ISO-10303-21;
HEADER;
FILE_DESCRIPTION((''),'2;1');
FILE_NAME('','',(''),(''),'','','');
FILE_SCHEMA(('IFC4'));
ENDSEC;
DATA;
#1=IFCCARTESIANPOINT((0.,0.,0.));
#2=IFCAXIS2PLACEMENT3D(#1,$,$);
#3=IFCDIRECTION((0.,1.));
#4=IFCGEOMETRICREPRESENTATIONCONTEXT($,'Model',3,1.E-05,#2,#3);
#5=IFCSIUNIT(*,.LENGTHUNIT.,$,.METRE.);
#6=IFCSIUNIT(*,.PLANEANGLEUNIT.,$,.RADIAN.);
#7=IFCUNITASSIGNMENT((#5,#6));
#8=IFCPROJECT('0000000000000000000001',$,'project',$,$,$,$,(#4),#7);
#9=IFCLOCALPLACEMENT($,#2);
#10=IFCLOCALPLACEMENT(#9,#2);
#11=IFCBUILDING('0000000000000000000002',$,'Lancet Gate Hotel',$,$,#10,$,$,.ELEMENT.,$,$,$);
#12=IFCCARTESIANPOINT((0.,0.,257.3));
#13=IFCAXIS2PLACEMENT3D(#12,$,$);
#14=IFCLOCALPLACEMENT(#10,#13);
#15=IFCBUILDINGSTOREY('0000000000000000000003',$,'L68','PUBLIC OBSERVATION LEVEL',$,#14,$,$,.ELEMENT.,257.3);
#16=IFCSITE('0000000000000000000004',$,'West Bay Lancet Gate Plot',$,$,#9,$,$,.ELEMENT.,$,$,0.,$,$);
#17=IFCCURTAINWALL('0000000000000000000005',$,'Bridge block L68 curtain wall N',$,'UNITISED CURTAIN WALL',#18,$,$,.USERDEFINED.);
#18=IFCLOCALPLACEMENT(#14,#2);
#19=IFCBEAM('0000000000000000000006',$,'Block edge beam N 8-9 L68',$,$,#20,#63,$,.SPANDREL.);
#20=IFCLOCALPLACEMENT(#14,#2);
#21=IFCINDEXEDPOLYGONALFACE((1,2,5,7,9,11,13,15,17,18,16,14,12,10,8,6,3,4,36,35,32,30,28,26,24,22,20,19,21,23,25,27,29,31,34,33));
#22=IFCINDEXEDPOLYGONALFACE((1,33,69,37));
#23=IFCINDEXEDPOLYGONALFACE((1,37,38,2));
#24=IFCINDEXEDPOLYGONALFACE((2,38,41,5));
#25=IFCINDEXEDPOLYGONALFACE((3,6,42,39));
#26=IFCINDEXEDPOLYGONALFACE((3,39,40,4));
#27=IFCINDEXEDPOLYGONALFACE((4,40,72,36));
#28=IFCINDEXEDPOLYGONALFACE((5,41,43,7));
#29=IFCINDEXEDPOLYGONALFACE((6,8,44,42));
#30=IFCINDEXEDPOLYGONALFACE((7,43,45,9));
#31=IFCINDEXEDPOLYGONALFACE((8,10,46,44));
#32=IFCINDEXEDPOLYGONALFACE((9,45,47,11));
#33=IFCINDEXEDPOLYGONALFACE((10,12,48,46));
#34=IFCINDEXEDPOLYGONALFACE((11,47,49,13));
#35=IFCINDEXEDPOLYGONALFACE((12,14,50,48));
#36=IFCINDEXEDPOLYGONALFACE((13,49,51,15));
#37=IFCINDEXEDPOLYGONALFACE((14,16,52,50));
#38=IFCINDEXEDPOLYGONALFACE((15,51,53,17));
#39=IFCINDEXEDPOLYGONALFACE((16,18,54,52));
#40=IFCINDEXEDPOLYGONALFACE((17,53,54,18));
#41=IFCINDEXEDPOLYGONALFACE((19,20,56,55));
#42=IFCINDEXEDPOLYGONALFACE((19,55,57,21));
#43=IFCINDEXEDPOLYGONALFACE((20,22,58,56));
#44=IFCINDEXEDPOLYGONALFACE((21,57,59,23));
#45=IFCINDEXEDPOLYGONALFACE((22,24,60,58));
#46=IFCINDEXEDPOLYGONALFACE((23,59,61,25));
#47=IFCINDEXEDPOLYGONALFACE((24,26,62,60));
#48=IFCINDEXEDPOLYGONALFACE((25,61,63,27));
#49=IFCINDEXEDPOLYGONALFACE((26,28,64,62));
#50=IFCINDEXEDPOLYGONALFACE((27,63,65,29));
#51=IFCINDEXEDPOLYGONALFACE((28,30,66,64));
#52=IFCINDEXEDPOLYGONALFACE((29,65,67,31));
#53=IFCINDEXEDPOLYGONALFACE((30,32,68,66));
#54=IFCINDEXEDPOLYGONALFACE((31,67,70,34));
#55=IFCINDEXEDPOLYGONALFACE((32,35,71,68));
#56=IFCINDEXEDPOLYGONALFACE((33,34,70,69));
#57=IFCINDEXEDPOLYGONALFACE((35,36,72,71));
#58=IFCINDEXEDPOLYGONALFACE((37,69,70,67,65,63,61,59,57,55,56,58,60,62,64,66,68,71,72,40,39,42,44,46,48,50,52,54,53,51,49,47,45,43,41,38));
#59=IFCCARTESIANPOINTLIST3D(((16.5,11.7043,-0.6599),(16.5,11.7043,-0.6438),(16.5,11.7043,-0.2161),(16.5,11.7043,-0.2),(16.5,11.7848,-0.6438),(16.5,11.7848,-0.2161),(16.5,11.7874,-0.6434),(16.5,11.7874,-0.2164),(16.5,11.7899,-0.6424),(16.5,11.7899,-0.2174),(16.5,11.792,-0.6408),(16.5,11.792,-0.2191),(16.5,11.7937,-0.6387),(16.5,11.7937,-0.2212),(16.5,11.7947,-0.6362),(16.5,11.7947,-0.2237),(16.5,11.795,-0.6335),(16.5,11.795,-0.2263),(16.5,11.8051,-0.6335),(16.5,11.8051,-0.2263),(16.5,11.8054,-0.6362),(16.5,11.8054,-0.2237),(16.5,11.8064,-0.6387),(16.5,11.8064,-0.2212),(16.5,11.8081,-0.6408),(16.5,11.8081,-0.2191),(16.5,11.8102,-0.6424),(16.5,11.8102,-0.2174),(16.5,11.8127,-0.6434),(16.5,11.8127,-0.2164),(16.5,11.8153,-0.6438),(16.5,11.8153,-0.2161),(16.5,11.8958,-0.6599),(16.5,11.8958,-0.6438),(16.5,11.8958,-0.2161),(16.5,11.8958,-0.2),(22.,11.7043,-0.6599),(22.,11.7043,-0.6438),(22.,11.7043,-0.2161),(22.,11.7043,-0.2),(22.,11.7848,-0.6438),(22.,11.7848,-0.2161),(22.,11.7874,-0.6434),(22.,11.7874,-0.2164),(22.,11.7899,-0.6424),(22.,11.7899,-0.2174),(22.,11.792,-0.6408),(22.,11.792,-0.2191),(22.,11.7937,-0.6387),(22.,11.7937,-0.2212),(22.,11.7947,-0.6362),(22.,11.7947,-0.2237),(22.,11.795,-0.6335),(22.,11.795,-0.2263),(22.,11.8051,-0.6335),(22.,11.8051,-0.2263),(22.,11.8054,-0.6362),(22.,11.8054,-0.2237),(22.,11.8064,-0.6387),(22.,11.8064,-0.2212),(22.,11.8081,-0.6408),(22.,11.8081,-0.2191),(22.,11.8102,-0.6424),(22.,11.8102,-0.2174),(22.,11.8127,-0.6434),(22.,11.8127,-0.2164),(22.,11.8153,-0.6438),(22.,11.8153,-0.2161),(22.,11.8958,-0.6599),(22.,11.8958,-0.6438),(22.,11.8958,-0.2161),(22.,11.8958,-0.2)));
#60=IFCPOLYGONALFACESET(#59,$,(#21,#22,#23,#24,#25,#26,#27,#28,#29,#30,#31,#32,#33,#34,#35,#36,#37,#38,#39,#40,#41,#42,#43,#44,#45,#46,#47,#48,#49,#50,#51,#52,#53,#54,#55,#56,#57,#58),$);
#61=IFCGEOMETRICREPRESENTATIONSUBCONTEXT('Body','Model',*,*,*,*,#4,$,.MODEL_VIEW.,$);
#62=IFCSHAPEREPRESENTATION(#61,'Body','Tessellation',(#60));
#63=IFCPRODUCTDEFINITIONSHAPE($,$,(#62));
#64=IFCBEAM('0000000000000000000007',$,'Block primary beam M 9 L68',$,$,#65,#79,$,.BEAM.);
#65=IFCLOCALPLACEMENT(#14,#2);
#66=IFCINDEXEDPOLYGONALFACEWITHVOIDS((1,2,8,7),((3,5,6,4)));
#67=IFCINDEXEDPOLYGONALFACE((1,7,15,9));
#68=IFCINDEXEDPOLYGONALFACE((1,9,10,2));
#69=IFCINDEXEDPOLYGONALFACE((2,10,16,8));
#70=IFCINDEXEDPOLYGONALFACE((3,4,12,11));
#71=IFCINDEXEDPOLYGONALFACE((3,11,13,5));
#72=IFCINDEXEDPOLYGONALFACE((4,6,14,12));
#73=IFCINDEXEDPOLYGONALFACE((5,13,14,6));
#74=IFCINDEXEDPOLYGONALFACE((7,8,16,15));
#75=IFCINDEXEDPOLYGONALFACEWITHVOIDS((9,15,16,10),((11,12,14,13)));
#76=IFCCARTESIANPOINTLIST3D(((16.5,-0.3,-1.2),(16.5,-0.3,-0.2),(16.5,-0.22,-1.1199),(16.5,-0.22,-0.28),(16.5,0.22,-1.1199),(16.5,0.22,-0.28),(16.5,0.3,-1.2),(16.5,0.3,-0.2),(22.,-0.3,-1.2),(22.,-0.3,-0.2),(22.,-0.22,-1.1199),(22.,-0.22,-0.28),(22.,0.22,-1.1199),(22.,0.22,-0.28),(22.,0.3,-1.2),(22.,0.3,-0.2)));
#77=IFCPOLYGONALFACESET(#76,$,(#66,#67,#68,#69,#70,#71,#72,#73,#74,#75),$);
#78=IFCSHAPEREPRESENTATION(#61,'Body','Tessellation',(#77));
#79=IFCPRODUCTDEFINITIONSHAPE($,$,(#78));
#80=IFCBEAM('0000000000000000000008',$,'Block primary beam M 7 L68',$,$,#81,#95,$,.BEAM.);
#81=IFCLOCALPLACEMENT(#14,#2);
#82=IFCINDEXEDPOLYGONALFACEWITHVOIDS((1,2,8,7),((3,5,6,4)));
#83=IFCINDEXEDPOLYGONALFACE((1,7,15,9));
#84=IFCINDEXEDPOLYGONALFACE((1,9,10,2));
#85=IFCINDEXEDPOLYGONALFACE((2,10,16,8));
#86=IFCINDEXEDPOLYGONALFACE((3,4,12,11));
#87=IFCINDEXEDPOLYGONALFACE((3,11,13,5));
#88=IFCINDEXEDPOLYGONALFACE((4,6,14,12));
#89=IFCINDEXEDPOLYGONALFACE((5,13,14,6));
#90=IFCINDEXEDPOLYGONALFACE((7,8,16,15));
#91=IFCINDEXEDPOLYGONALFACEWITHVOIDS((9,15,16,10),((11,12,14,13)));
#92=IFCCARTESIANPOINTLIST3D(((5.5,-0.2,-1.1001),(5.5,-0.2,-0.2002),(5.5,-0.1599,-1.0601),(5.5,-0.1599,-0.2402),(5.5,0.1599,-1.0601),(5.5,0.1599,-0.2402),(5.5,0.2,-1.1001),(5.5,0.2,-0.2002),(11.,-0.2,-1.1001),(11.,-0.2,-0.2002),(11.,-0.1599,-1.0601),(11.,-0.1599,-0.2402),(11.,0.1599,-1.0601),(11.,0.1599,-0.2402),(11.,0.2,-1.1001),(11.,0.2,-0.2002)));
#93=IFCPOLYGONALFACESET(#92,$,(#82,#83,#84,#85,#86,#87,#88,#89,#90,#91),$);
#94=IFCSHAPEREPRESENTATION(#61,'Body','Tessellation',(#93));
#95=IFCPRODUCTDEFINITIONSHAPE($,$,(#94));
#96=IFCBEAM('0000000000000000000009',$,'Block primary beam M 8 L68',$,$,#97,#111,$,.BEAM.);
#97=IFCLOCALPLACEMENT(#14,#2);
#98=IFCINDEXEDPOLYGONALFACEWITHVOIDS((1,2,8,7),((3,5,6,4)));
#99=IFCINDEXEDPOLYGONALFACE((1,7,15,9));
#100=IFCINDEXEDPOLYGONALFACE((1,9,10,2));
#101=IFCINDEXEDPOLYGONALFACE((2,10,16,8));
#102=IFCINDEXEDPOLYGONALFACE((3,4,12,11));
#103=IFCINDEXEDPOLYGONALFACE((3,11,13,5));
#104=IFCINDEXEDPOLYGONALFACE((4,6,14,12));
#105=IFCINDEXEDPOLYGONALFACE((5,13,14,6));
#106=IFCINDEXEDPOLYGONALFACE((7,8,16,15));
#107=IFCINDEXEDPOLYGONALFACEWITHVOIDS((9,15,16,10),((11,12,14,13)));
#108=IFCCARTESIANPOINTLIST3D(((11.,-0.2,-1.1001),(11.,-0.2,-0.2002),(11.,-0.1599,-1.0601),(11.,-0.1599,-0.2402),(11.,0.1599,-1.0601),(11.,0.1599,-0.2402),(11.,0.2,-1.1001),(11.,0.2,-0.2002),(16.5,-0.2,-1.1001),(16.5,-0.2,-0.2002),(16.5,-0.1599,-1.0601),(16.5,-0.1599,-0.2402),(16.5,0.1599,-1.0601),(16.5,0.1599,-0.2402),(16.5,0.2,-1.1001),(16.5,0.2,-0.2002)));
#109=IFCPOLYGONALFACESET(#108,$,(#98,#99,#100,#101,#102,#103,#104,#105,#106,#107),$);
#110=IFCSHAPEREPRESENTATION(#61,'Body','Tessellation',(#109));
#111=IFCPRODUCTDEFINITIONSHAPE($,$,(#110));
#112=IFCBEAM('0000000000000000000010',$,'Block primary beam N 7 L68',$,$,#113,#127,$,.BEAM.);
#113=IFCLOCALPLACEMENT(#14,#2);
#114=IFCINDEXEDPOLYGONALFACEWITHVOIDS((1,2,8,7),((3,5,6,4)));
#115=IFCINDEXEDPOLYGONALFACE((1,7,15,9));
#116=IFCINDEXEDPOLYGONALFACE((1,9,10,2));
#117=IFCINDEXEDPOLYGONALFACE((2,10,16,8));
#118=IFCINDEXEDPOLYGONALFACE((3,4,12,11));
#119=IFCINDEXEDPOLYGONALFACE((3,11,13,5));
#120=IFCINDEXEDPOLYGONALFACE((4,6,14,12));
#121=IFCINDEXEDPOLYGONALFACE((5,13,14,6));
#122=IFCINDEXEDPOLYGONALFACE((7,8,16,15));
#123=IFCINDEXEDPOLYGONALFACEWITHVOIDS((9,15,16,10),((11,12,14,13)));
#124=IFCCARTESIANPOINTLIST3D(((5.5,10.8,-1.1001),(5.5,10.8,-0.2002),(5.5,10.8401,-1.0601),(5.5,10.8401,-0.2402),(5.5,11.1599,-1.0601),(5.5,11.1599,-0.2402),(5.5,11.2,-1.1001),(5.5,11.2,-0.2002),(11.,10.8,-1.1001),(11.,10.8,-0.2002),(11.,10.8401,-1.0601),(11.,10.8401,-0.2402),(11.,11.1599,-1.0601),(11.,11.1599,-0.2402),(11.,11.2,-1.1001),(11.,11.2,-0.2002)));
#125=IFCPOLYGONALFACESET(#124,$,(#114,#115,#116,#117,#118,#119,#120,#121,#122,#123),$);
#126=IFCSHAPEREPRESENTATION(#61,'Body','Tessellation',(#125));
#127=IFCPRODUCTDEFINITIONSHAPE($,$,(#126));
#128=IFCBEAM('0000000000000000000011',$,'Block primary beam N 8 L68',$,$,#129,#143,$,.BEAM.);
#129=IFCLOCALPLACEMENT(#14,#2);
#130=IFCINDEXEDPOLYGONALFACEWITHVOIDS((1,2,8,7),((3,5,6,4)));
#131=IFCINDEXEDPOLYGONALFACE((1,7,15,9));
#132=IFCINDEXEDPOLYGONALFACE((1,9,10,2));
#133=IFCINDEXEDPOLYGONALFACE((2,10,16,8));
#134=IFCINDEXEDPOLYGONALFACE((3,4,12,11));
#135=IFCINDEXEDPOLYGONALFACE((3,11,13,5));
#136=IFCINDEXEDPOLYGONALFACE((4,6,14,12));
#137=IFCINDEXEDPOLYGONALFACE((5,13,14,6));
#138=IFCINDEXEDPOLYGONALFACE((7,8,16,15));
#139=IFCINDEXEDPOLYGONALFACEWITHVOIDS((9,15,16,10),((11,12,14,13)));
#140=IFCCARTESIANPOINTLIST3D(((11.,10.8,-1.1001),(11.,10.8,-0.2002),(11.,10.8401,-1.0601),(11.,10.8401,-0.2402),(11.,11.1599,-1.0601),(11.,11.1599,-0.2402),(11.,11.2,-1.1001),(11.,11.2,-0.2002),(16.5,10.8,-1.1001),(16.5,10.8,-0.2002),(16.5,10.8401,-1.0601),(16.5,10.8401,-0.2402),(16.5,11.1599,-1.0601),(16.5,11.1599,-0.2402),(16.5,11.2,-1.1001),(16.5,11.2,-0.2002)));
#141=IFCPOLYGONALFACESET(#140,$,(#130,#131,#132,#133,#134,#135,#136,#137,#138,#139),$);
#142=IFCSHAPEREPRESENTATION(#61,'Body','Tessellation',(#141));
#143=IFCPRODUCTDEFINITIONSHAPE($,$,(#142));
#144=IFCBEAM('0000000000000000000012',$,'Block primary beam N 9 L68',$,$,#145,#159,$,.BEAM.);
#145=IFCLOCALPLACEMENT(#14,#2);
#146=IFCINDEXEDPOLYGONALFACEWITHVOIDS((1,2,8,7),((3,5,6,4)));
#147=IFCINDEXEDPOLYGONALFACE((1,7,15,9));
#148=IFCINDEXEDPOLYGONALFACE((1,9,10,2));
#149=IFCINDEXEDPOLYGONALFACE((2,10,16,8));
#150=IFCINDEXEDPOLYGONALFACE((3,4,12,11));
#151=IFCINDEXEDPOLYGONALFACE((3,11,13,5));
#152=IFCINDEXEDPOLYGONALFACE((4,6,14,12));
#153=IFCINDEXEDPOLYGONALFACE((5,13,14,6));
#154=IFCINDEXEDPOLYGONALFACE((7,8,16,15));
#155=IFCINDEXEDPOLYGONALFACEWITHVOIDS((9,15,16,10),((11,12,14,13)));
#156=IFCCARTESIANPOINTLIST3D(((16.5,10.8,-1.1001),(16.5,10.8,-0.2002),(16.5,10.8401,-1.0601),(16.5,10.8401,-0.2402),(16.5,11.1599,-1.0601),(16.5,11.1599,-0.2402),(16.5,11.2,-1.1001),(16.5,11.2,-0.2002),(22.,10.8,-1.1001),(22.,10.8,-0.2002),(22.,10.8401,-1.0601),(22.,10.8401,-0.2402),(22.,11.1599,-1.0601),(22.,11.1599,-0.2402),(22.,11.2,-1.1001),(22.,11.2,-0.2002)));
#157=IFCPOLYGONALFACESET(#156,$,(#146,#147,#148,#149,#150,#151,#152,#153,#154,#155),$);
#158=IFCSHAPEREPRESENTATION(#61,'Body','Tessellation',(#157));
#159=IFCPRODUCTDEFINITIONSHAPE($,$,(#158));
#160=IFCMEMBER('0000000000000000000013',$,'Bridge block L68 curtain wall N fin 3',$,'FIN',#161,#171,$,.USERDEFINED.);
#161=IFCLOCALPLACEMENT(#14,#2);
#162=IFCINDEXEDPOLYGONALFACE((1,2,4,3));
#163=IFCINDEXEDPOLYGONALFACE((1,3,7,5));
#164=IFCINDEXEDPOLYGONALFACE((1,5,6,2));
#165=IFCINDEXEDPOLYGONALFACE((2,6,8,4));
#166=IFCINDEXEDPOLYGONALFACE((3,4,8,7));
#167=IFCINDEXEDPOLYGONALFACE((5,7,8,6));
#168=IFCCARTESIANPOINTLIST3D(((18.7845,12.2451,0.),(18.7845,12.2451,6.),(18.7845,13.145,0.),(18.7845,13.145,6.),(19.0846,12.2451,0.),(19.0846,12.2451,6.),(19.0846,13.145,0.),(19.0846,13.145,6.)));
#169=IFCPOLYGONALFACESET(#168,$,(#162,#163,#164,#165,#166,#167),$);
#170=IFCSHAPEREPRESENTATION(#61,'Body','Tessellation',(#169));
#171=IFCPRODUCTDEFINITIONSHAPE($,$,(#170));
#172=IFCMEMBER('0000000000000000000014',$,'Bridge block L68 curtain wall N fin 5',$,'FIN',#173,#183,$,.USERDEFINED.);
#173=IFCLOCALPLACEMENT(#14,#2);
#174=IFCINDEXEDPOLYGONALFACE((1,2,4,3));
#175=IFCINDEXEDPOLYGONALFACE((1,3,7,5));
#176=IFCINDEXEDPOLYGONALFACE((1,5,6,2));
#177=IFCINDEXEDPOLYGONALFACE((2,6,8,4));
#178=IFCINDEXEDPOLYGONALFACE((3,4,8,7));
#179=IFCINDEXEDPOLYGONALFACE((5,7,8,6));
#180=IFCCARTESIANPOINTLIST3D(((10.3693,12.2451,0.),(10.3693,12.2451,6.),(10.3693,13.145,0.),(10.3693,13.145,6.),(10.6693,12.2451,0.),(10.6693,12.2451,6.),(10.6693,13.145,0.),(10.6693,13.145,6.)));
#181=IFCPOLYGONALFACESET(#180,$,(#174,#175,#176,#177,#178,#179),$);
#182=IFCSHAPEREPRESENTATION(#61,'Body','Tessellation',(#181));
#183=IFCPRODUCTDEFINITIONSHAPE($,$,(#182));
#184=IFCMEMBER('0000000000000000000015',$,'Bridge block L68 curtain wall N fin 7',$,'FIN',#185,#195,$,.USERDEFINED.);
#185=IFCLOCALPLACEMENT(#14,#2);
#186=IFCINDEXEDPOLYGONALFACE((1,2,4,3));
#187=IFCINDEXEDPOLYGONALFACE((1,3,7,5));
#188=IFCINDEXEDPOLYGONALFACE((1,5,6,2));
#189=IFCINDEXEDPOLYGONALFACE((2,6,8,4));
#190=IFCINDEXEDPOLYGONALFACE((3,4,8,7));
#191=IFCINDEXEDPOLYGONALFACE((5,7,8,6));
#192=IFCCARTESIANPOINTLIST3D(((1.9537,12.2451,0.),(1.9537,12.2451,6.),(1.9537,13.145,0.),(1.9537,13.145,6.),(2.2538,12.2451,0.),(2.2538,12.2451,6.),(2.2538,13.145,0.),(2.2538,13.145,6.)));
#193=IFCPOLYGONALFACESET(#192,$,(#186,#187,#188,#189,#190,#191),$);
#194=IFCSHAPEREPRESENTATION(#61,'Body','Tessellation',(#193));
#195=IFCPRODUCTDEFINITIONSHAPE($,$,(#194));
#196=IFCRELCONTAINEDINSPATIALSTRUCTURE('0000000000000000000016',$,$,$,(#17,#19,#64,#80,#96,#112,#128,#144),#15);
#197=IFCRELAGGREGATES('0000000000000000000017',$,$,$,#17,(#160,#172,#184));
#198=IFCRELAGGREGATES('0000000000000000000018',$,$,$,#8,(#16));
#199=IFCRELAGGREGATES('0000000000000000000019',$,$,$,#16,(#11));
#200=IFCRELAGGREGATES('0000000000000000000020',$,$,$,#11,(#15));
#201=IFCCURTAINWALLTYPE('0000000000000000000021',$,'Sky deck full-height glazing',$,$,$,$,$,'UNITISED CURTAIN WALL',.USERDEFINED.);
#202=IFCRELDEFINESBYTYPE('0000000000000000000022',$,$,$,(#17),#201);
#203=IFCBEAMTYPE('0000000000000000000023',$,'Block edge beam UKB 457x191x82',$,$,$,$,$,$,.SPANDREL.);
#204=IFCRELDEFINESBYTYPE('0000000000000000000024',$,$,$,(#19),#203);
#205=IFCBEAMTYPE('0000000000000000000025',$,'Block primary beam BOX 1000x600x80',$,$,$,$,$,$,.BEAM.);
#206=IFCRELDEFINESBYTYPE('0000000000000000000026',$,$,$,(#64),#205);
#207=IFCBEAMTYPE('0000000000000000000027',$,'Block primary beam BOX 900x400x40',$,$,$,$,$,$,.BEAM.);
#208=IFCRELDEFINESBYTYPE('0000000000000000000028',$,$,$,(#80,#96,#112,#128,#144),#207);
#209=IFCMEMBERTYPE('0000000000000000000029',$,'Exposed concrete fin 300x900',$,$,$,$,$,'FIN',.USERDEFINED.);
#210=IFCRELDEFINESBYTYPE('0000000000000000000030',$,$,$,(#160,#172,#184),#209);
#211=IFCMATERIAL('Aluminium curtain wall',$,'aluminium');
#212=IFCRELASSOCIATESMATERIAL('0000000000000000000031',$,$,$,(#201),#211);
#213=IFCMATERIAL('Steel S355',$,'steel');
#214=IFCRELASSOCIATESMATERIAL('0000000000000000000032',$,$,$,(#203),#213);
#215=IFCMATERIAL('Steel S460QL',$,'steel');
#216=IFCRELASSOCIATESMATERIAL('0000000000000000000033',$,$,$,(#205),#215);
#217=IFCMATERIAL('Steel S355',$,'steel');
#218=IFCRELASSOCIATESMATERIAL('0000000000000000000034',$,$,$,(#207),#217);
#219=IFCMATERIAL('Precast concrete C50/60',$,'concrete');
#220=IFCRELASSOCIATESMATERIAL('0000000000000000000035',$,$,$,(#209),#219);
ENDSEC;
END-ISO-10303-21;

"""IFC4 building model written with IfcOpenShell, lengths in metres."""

from ifc_helpers import new_model, si_unit, direction, frame, origin, origin_2d, place, context, subcontext, project, spatial, rectangle, hollow_rectangle, i_section, extrude, material, material_profile, profile_set, type_object, element, aggregate, save


model = new_model("IFC4")

# Units and contexts
model_context = context("Model", 3, precision=1e-05, world=origin(), true_north=direction((0.0, 1.0)))
body_context = subcontext(model_context, "Body", "Model", "MODEL_VIEW")
ifc_project = project(units=[si_unit("LENGTHUNIT", "METRE"), si_unit("PLANEANGLEUNIT", "RADIAN")], contexts=[model_context])

# Site, building, storey
site_placement = place(None, origin())
site = spatial("IfcSite", under=ifc_project, at=site_placement, Name="West Bay Lancet Gate Plot", CompositionType="ELEMENT", RefElevation=0.0)
building_placement = place(site_placement, origin())
building = spatial("IfcBuilding", under=site, at=building_placement, Name="Lancet Gate Hotel", CompositionType="ELEMENT")
storey_placement = place(building_placement, frame((0.0, 0.0, 257.3)))
storey = spatial("IfcBuildingStorey", under=building, at=storey_placement, Name="L68", Description="PUBLIC OBSERVATION LEVEL", CompositionType="ELEMENT", Elevation=257.3)

# Curtain wall
ifc_material_1 = material(Name="Aluminium curtain wall", Category="aluminium")
curtain_wall_type = type_object("IfcCurtainWallType", Name="Sky deck full-height glazing", ElementType="UNITISED CURTAIN WALL", PredefinedType="USERDEFINED", material=ifc_material_1)
curtain_wall_placement = place(storey_placement, origin())
curtain_wall = element("IfcCurtainWall", 1, at=curtain_wall_placement, inside=storey, type_object=curtain_wall_type, Name="Bridge block L68 curtain wall N", ObjectType="UNITISED CURTAIN WALL", PredefinedType="USERDEFINED")

# Beams
ifc_material_2 = material(Name="Steel S355", Category="steel")
ifc_material_profile_1 = material_profile(ifc_material_2, i_section(OverallWidth=0.1914, OverallDepth=0.46, WebThickness=0.01, FlangeThickness=0.0161, FilletRadius=0.0103, at=origin_2d()), Name="UKB 457x191x82")
ifc_profile_set_1 = profile_set([ifc_material_profile_1], Name="Steel S355")
beam_type_1 = type_object("IfcBeamType", Name="Block edge beam UKB 457x191x82", PredefinedType="SPANDREL", material=ifc_profile_set_1)
for number, where, z_axis, x_axis, name in (
    (2, (16.5, 11.8, -0.4299), (1.0, 0.0, 0.0), (0.0, 1.0, 0.0), "Block edge beam N 8-9 L68"),
):
    element("IfcBeam", number, at=place(storey_placement, frame(where, z_axis=z_axis, x_axis=x_axis)), inside=storey, type_object=beam_type_1, Name=name, PredefinedType="SPANDREL", context=body_context, shape_type="SweptSolid", body=[
        extrude(i_section(OverallWidth=0.1914, OverallDepth=0.46, WebThickness=0.01, FlangeThickness=0.0161, FilletRadius=0.0103, at=origin_2d()), origin(), (0.0, 0.0, 1.0), 5.5),
    ])
ifc_material_3 = material(Name="Steel S460QL", Category="steel")
ifc_material_profile_2 = material_profile(ifc_material_3, hollow_rectangle(XDim=0.6001, YDim=1.0, WallThickness=0.0801, at=origin_2d()), Name="BOX 1000x600x80")
ifc_profile_set_2 = profile_set([ifc_material_profile_2], Name="Steel S460QL")
beam_type_2 = type_object("IfcBeamType", Name="Block primary beam BOX 1000x600x80", PredefinedType="BEAM", material=ifc_profile_set_2)
beam_placement = place(storey_placement, frame((16.5, 0.0, -0.7), z_axis=(1.0, 0.0, 0.0), x_axis=(0.0, 1.0, 0.0)))
element("IfcBeam", 3, at=beam_placement, inside=storey, type_object=beam_type_2, Name="Block primary beam M 9 L68", PredefinedType="BEAM", context=body_context, shape_type="SweptSolid", body=[
    extrude(hollow_rectangle(XDim=0.6001, YDim=1.0, WallThickness=0.0801, at=origin_2d()), origin(), (0.0, 0.0, 1.0), 5.5),
])
ifc_material_4 = material(Name="Steel S355", Category="steel")
ifc_material_profile_3 = material_profile(ifc_material_4, hollow_rectangle(XDim=0.3999, YDim=0.8999, WallThickness=0.04, at=origin_2d()), Name="BOX 900x400x40")
ifc_profile_set_3 = profile_set([ifc_material_profile_3], Name="Steel S355")
beam_type_3 = type_object("IfcBeamType", Name="Block primary beam BOX 900x400x40", PredefinedType="BEAM", material=ifc_profile_set_3)
for number, where, z_axis, x_axis, name in (
    (4, (5.5, 0.0, -0.6501), (1.0, 0.0, 0.0), (0.0, 1.0, 0.0), "Block primary beam M 7 L68"),
    (5, (11.0, 0.0, -0.6501), (1.0, 0.0, 0.0), (0.0, 1.0, 0.0), "Block primary beam M 8 L68"),
    (6, (5.5, 11.0, -0.6501), (1.0, 0.0, 0.0), (0.0, 1.0, 0.0), "Block primary beam N 7 L68"),
    (7, (11.0, 11.0, -0.6501), (1.0, 0.0, 0.0), (0.0, 1.0, 0.0), "Block primary beam N 8 L68"),
    (8, (16.5, 11.0, -0.6501), (1.0, 0.0, 0.0), (0.0, 1.0, 0.0), "Block primary beam N 9 L68"),
):
    element("IfcBeam", number, at=place(storey_placement, frame(where, z_axis=z_axis, x_axis=x_axis)), inside=storey, type_object=beam_type_3, Name=name, PredefinedType="BEAM", context=body_context, shape_type="SweptSolid", body=[
        extrude(hollow_rectangle(XDim=0.3999, YDim=0.8999, WallThickness=0.04, at=origin_2d()), origin(), (0.0, 0.0, 1.0), 5.5),
    ])

# Members
ifc_material_5 = material(Name="Precast concrete C50/60", Category="concrete")
ifc_material_profile_4 = material_profile(ifc_material_5, rectangle(XDim=0.3, YDim=0.8999, at=origin_2d()), Name="FIN 300x900")
ifc_profile_set_4 = profile_set([ifc_material_profile_4], Name="Precast concrete C50/60")
member_type_1 = type_object("IfcMemberType", Name="Exposed concrete fin 300x900", ElementType="FIN", PredefinedType="USERDEFINED", material=ifc_profile_set_4)
member_1_placement = place(storey_placement, frame((18.9346, 12.6951, 0.0), z_axis=(0.0, 0.0, 1.0), x_axis=(-1.0, 0.0, 0.0)))
member_1 = element("IfcMember", 9, at=member_1_placement, type_object=member_type_1, Name="Bridge block L68 curtain wall N fin 3", ObjectType="FIN", PredefinedType="USERDEFINED", context=body_context, shape_type="SweptSolid", body=[
    extrude(rectangle(XDim=0.3, YDim=0.8999, at=origin_2d()), origin(), (0.0, 0.0, 1.0), 6.0),
])
member_2_placement = place(storey_placement, frame((10.5193, 12.6951, 0.0), z_axis=(0.0, 0.0, 1.0), x_axis=(-1.0, 0.0, 0.0)))
member_2 = element("IfcMember", 10, at=member_2_placement, type_object=member_type_1, Name="Bridge block L68 curtain wall N fin 5", ObjectType="FIN", PredefinedType="USERDEFINED", context=body_context, shape_type="SweptSolid", body=[
    extrude(rectangle(XDim=0.3, YDim=0.8999, at=origin_2d()), origin(), (0.0, 0.0, 1.0), 6.0),
])
member_3_placement = place(storey_placement, frame((2.1038, 12.6951, 0.0), z_axis=(0.0, 0.0, 1.0), x_axis=(-1.0, 0.0, 0.0)))
member_3 = element("IfcMember", 11, at=member_3_placement, type_object=member_type_1, Name="Bridge block L68 curtain wall N fin 7", ObjectType="FIN", PredefinedType="USERDEFINED", context=body_context, shape_type="SweptSolid", body=[
    extrude(rectangle(XDim=0.3, YDim=0.8999, at=origin_2d()), origin(), (0.0, 0.0, 1.0), 6.0),
])

aggregate(curtain_wall, [member_1, member_2, member_3])

save(model, "model.ifc")
